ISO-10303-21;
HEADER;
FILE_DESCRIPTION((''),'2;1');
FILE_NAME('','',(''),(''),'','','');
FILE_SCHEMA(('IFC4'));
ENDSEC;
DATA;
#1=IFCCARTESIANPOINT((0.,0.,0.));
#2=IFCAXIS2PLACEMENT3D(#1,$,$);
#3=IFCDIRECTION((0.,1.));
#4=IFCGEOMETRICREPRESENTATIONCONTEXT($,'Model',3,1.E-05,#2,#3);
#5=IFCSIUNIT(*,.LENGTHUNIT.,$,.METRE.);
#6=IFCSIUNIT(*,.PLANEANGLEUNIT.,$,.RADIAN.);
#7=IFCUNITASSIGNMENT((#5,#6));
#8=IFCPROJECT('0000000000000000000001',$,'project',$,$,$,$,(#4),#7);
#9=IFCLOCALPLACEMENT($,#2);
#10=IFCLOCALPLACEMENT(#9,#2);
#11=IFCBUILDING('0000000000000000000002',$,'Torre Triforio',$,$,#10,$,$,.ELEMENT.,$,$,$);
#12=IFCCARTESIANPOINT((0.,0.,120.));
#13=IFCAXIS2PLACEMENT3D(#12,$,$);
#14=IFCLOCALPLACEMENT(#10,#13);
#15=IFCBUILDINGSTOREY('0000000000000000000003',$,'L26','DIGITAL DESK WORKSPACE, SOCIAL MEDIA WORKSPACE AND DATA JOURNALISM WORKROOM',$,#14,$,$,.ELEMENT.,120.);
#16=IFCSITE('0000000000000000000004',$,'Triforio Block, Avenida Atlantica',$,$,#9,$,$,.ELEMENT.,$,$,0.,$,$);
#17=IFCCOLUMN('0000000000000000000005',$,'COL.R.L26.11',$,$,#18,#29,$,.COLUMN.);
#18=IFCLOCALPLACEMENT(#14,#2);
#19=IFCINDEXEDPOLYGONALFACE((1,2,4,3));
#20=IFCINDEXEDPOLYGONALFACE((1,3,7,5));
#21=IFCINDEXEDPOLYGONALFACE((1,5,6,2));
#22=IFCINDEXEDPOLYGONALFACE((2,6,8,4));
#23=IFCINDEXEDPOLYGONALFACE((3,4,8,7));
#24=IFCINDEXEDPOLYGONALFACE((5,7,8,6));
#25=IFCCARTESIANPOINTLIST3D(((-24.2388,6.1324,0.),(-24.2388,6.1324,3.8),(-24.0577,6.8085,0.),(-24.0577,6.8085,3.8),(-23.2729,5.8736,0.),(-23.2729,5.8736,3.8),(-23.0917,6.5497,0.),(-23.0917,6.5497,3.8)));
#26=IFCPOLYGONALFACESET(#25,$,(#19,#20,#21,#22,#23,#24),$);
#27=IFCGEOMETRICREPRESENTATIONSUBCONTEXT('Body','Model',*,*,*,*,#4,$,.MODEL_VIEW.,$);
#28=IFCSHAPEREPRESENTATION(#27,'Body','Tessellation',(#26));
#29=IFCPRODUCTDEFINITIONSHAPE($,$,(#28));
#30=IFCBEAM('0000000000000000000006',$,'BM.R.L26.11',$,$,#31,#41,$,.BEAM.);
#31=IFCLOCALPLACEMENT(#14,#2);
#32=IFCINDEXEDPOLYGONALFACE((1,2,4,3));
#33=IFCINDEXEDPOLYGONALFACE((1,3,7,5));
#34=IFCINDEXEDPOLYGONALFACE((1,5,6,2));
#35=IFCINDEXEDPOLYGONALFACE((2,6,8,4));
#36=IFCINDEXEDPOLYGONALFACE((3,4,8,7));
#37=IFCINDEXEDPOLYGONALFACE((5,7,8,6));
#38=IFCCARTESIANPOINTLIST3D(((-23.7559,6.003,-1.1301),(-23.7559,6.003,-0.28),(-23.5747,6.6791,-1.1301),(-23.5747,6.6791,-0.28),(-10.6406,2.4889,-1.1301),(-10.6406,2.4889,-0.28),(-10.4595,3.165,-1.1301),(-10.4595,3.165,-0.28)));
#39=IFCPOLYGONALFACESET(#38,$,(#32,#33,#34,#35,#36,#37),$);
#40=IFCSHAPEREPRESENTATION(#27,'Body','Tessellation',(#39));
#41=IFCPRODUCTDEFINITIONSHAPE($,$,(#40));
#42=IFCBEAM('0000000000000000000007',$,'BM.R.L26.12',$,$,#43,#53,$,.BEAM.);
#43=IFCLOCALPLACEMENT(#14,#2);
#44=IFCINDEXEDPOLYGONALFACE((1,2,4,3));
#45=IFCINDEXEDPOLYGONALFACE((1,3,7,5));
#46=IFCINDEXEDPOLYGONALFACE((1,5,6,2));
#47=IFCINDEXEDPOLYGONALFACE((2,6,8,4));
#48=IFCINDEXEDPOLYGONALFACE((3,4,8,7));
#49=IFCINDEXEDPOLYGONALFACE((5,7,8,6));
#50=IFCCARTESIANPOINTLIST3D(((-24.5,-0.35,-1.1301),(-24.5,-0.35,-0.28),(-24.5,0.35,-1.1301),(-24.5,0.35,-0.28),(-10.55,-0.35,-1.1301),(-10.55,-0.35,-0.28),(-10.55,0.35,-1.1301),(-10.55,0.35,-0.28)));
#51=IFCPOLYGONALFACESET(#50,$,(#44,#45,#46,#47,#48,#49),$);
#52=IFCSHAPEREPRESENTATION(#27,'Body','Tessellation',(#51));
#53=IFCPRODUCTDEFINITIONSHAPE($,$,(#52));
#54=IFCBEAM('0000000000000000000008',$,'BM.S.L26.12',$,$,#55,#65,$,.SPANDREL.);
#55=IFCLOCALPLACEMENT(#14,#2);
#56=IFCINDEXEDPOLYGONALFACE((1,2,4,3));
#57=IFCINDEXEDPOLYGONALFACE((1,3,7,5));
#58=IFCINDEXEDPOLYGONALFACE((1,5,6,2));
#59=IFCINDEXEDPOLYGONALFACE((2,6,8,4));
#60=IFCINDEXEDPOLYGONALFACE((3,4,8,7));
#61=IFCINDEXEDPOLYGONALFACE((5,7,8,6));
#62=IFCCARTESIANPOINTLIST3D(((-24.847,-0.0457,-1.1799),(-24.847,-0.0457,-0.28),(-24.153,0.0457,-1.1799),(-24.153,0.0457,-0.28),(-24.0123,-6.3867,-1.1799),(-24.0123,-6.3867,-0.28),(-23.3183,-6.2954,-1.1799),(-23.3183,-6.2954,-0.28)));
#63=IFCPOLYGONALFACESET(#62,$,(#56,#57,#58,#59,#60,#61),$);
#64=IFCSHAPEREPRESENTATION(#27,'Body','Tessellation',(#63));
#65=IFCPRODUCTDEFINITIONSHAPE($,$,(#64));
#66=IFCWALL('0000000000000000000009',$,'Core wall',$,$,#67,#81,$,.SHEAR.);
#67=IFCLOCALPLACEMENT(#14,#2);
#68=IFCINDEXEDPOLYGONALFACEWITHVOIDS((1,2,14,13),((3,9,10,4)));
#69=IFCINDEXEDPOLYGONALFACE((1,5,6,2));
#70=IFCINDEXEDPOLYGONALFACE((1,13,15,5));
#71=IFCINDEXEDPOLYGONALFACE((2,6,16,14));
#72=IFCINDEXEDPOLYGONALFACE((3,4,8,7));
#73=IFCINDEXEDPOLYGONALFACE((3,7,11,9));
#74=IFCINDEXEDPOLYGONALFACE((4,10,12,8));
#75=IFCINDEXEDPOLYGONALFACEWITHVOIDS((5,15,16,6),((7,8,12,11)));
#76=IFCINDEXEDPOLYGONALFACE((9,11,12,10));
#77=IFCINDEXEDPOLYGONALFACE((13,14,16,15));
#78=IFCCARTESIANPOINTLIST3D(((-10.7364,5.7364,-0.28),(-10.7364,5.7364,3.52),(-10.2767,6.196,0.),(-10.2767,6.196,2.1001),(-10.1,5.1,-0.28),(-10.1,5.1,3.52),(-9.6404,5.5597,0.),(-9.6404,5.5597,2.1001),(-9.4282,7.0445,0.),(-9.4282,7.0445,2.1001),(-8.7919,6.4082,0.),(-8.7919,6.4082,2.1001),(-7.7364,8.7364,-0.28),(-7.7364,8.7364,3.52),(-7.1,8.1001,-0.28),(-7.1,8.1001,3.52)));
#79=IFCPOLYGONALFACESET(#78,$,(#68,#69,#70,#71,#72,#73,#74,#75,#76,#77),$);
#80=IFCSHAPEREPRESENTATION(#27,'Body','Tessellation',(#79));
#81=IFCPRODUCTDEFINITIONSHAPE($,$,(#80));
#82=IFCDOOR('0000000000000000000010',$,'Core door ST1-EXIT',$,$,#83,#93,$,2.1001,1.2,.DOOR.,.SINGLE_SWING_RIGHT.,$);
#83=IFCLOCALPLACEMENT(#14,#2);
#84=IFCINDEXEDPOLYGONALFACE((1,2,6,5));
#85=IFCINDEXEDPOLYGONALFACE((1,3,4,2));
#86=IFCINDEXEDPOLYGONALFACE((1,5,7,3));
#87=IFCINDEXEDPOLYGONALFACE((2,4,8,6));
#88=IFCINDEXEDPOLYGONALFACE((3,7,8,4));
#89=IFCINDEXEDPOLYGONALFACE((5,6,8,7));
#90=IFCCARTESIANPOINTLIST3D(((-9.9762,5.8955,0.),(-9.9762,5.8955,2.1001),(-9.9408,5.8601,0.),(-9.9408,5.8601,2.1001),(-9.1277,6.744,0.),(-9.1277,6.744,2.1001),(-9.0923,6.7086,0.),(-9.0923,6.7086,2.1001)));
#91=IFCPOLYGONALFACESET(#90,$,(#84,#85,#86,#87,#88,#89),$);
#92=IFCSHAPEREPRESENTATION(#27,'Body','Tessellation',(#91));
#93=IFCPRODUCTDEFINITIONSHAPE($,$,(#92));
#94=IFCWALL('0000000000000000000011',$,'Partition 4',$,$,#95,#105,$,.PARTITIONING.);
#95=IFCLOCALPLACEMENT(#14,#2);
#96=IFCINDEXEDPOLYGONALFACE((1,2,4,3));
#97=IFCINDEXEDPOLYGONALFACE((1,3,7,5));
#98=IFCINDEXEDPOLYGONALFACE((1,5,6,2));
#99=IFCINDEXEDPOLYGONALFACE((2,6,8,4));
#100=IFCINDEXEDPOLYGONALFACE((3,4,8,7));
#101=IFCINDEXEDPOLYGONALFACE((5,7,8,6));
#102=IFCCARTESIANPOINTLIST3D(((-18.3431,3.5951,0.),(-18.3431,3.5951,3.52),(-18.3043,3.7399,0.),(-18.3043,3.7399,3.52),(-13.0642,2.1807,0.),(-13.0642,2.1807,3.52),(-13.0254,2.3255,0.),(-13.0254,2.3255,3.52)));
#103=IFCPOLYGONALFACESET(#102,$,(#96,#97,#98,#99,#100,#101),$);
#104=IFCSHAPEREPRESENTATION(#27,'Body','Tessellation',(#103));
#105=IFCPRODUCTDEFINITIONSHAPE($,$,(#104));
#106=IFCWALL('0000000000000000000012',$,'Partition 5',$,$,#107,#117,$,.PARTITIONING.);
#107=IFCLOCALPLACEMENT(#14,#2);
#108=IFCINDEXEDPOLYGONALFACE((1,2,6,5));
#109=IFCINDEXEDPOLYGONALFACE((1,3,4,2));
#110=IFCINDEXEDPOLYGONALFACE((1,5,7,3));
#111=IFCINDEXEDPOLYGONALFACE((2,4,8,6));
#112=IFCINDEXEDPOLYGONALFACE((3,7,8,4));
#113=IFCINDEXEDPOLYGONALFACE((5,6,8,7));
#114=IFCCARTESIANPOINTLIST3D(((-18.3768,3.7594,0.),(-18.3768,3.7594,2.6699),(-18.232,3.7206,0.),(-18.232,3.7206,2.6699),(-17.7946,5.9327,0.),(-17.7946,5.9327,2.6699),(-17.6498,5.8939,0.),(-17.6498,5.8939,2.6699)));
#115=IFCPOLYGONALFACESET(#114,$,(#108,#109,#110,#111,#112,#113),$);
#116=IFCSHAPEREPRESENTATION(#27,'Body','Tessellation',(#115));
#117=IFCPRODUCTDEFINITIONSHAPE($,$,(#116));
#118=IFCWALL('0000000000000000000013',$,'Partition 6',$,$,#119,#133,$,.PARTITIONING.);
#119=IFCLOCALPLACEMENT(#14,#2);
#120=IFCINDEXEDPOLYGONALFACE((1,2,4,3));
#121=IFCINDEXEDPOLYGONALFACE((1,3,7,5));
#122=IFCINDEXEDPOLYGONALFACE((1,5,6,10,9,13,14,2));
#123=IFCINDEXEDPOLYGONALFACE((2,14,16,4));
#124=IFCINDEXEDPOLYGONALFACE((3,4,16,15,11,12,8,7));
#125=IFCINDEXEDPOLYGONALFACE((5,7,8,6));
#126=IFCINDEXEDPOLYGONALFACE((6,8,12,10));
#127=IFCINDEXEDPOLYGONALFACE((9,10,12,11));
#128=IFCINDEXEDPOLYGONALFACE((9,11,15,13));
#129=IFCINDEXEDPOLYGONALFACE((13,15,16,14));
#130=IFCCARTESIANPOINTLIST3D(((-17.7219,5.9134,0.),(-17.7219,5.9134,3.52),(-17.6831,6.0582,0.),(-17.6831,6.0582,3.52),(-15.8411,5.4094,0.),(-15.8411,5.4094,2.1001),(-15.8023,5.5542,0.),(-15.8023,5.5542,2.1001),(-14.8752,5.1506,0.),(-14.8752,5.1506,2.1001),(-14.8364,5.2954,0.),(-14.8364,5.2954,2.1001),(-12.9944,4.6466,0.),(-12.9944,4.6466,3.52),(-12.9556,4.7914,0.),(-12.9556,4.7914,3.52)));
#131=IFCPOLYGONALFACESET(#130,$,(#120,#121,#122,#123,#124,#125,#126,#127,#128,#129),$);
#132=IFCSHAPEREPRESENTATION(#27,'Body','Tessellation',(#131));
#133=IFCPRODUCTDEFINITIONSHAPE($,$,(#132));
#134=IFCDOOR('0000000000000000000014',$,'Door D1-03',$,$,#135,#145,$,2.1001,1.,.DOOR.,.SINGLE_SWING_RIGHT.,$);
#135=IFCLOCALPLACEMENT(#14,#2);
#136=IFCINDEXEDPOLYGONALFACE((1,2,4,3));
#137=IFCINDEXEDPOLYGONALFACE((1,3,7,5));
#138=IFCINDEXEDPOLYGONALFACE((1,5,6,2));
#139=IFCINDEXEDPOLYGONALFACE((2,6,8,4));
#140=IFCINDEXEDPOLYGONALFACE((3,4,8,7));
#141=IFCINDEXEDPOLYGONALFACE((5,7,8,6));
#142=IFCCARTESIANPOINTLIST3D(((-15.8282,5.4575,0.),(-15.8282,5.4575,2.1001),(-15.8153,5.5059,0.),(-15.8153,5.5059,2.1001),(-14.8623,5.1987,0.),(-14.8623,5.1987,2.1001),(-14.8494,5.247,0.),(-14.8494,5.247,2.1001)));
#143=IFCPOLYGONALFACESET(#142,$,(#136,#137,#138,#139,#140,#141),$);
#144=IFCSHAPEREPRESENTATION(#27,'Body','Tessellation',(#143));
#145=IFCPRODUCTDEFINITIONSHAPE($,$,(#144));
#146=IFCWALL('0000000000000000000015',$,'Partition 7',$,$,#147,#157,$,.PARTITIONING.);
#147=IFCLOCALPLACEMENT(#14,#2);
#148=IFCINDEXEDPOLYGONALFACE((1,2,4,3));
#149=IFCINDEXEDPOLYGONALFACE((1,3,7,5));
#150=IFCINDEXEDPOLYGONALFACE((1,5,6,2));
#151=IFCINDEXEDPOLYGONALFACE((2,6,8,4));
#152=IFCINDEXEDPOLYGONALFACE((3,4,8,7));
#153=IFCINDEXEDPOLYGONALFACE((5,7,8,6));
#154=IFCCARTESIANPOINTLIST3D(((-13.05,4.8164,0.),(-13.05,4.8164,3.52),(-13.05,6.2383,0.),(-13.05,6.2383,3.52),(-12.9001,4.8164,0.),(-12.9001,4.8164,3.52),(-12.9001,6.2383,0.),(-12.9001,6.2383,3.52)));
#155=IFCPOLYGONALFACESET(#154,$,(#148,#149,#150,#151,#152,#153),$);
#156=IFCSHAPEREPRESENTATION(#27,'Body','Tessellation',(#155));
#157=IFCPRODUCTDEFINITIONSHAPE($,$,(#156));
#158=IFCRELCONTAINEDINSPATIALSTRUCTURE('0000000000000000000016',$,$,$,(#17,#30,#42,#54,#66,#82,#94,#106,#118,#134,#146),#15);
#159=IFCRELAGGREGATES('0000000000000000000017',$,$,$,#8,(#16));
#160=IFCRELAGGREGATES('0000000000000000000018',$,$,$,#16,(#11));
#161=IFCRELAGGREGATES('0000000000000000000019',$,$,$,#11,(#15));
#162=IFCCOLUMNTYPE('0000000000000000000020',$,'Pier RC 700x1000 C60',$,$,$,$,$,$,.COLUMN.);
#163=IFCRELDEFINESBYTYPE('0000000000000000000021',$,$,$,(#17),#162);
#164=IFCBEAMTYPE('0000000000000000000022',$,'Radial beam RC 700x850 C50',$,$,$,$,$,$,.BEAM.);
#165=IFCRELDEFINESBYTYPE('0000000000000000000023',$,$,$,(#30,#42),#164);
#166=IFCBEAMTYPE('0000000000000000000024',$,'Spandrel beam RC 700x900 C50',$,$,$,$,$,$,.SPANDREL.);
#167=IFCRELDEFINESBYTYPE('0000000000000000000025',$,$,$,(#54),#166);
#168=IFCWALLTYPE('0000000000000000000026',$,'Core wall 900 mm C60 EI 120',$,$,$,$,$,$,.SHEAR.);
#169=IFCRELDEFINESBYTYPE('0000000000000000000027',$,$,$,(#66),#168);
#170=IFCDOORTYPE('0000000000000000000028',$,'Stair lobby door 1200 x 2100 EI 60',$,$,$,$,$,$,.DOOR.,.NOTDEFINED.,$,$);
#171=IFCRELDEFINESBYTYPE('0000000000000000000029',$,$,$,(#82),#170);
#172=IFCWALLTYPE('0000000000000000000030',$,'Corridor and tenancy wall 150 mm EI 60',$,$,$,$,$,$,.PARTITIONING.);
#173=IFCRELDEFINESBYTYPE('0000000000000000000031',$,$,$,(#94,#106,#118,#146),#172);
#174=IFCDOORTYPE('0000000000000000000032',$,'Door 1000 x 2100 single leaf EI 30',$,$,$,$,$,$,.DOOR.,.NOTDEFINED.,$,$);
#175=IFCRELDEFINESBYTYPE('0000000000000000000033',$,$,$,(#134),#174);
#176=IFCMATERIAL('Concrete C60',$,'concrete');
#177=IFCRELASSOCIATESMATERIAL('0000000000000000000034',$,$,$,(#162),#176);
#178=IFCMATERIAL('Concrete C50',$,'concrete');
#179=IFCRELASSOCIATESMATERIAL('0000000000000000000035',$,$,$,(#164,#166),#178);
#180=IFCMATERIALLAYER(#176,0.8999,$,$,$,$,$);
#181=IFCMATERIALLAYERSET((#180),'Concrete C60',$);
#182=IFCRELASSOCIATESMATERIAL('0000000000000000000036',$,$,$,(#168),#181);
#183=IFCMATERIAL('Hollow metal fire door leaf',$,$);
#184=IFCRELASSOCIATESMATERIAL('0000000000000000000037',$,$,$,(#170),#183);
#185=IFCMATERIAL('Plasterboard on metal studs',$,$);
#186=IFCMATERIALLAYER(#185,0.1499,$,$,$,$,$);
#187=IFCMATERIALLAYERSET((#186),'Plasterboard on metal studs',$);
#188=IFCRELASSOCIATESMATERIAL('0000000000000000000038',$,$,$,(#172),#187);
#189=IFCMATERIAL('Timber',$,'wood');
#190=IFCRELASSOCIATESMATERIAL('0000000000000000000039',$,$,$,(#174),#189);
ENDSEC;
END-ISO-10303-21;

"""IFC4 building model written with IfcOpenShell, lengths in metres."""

from ifc_helpers import new_model, si_unit, direction, frame, frame_2d, origin, origin_2d, place, context, subcontext, project, spatial, rectangle, extrude, material, layer, layer_set, material_profile, profile_set, type_object, element, fill, save


model = new_model("IFC4")

# Units and contexts
model_context = context("Model", 3, precision=1e-05, world=origin(), true_north=direction((0.0, 1.0)))
body_context = subcontext(model_context, "Body", "Model", "MODEL_VIEW")
ifc_project = project(units=[si_unit("LENGTHUNIT", "METRE"), si_unit("PLANEANGLEUNIT", "RADIAN")], contexts=[model_context])

# Site, building, storey
site_placement = place(None, origin())
site = spatial("IfcSite", under=ifc_project, at=site_placement, Name="Triforio Block, Avenida Atlantica", CompositionType="ELEMENT", RefElevation=0.0)
building_placement = place(site_placement, origin())
building = spatial("IfcBuilding", under=site, at=building_placement, Name="Torre Triforio", CompositionType="ELEMENT")
storey_placement = place(building_placement, frame((0.0, 0.0, 120.0)))
storey = spatial("IfcBuildingStorey", under=building, at=storey_placement, Name="L26", Description="DIGITAL DESK WORKSPACE, SOCIAL MEDIA WORKSPACE AND DATA JOURNALISM WORKROOM", CompositionType="ELEMENT", Elevation=120.0)

# Column
ifc_material_1 = material(Name="Concrete C60", Category="concrete")
ifc_material_profile_1 = material_profile(ifc_material_1, rectangle(XDim=0.7, YDim=1.0, at=origin_2d()), Name="RC 700x1000")
ifc_profile_set_1 = profile_set([ifc_material_profile_1], Name="Concrete C60")
column_type = type_object("IfcColumnType", Name="Pier RC 700x1000 C60", PredefinedType="COLUMN", material=ifc_profile_set_1)
column_placement = place(storey_placement, frame((-23.6653, 6.3411, 0.0), z_axis=(0.0, 0.0, 1.0), x_axis=(-0.258819, -0.965926, 0.0)))
element("IfcColumn", 1, at=column_placement, inside=storey, type_object=column_type, Name="COL.R.L26.11", PredefinedType="COLUMN", context=body_context, shape_type="SweptSolid", body=[
    extrude(rectangle(XDim=0.7, YDim=1.0, at=origin_2d()), origin(), (0.0, 0.0, 1.0), 3.8),
])

# Beams
ifc_material_2 = material(Name="Concrete C50", Category="concrete")
ifc_material_profile_2 = material_profile(ifc_material_2, rectangle(XDim=0.7, YDim=0.8501, at=origin_2d()), Name="RC 700x850")
ifc_profile_set_2 = profile_set([ifc_material_profile_2], Name="Concrete C50")
beam_type_1 = type_object("IfcBeamType", Name="Radial beam RC 700x850 C50", PredefinedType="BEAM", material=ifc_profile_set_2)
beam_1_placement = place(storey_placement, frame((-10.55, 2.8269, -0.7051), z_axis=(-0.965927, 0.258815, 0.0), x_axis=(-0.258815, -0.965927, 0.0)))
element("IfcBeam", 2, at=beam_1_placement, inside=storey, type_object=beam_type_1, Name="BM.R.L26.11", PredefinedType="BEAM", context=body_context, shape_type="SweptSolid", body=[
    extrude(rectangle(XDim=0.7, YDim=0.8501, at=origin_2d()), origin(), (0.0, 0.0, 1.0), 13.5779),
])
beam_2_placement = place(storey_placement, frame((-10.55, 0.0, -0.7051), z_axis=(-1.0, 0.0, 0.0), x_axis=(0.0, -1.0, 0.0)))
element("IfcBeam", 3, at=beam_2_placement, inside=storey, type_object=beam_type_1, Name="BM.R.L26.12", PredefinedType="BEAM", context=body_context, shape_type="SweptSolid", body=[
    extrude(rectangle(XDim=0.7, YDim=0.8501, at=origin_2d()), origin(), (0.0, 0.0, 1.0), 13.95),
])
ifc_material_profile_3 = material_profile(ifc_material_2, rectangle(XDim=0.7, YDim=0.8999, at=origin_2d()), Name="RC 700x900")
ifc_profile_set_3 = profile_set([ifc_material_profile_3], Name="Concrete C50")
beam_type_2 = type_object("IfcBeamType", Name="Spandrel beam RC 700x900 C50", PredefinedType="SPANDREL", material=ifc_profile_set_3)
beam_3_placement = place(storey_placement, frame((-24.5, 0.0, -0.73), z_axis=(0.130511, -0.991447, 0.0), x_axis=(0.991447, 0.130511, 0.0)))
element("IfcBeam", 4, at=beam_3_placement, inside=storey, type_object=beam_type_2, Name="BM.S.L26.12", PredefinedType="SPANDREL", context=body_context, shape_type="SweptSolid", body=[
    extrude(rectangle(XDim=0.7, YDim=0.8999, at=origin_2d()), origin(), (0.0, 0.0, 1.0), 6.3958),
])

# Wall, opening, door
ifc_layer_1 = layer(ifc_material_1, 0.8999)
ifc_layer_set_1 = layer_set([ifc_layer_1], Name="Concrete C60")
wall_type_1 = type_object("IfcWallType", Name="Core wall 900 mm C60 EI 120", PredefinedType="SHEAR", material=ifc_layer_set_1)
wall_1_placement = place(storey_placement, frame((-10.4182, 5.4182, -0.28), z_axis=(0.0, 0.0, 1.0), x_axis=(0.707107, 0.707107, 0.0)))
wall_1 = element("IfcWall", 5, at=wall_1_placement, inside=storey, type_object=wall_type_1, Name="Core wall", PredefinedType="SHEAR", context=body_context, shape_type="SweptSolid", body=[
    extrude(rectangle(XDim=4.2427, YDim=0.8999, at=frame_2d((2.1213, 0.0))), origin(), (0.0, 0.0, 1.0), 3.8),
])
opening_1_placement = place(wall_1_placement, frame((0.6499, 0.0, 0.28)))
opening_1 = element("IfcOpeningElement", 6, at=opening_1_placement, cuts=wall_1, PredefinedType="OPENING", context=body_context, shape_type="SweptSolid", body=[
    extrude(rectangle(XDim=1.2, YDim=2.1001, at=frame_2d((0.6001, 1.05))), frame((0.0, 0.46, 0.0), z_axis=(0.0, -1.0, 0.0), x_axis=(1.0, 0.0, 0.0)), (0.0, 0.0, 1.0), 0.9199),
])
ifc_material_3 = material(Name="Hollow metal fire door leaf")
door_type_1 = type_object("IfcDoorType", Name="Stair lobby door 1200 x 2100 EI 60", OperationType="NOTDEFINED", PredefinedType="DOOR", material=ifc_material_3)
door_1_placement = place(opening_1_placement, origin())
door_1 = element("IfcDoor", 7, at=door_1_placement, inside=storey, type_object=door_type_1, Name="Core door ST1-EXIT", OperationType="SINGLE_SWING_RIGHT", OverallHeight=2.1001, OverallWidth=1.2, PredefinedType="DOOR", context=body_context, shape_type="SweptSolid", body=[
    extrude(rectangle(XDim=1.2, YDim=2.1001, at=frame_2d((0.6001, 1.05))), frame((0.0, 0.0249, 0.0), z_axis=(0.0, -1.0, 0.0), x_axis=(1.0, 0.0, 0.0)), (0.0, 0.0, 1.0), 0.05),
])
fill(opening_1, door_1)

# Walls
ifc_material_4 = material(Name="Plasterboard on metal studs")
ifc_layer_2 = layer(ifc_material_4, 0.1499)
ifc_layer_set_2 = layer_set([ifc_layer_2], Name="Plasterboard on metal studs")
wall_type_2 = type_object("IfcWallType", Name="Corridor and tenancy wall 150 mm EI 60", PredefinedType="PARTITIONING", material=ifc_layer_set_2)
wall_2_placement = place(storey_placement, frame((-13.0449, 2.2532, 0.0), z_axis=(0.0, 0.0, 1.0), x_axis=(-0.965932, 0.258794, 0.0)))
element("IfcWall", 8, at=wall_2_placement, inside=storey, type_object=wall_type_2, Name="Partition 4", PredefinedType="PARTITIONING", context=body_context, shape_type="SweptSolid", body=[
    extrude(rectangle(XDim=5.4651, YDim=0.1499, at=frame_2d((2.7324, 0.0))), origin(), (0.0, 0.0, 1.0), 3.52),
])
wall_3_placement = place(storey_placement, frame((-18.3044, 3.74, 0.0), z_axis=(0.0, 0.0, 1.0), x_axis=(0.25879, 0.965934, 0.0)))
element("IfcWall", 9, at=wall_3_placement, inside=storey, type_object=wall_type_2, Name="Partition 5", PredefinedType="PARTITIONING", context=body_context, shape_type="SweptSolid", body=[
    extrude(rectangle(XDim=2.25, YDim=0.1499, at=frame_2d((1.125, 0.0))), origin(), (0.0, 0.0, 1.0), 2.6699),
])

# Wall, opening, door
wall_4_placement = place(storey_placement, frame((-17.7026, 5.9858, 0.0), z_axis=(0.0, 0.0, 1.0), x_axis=(0.96592, -0.258839, 0.0)))
wall_4 = element("IfcWall", 10, at=wall_4_placement, inside=storey, type_object=wall_type_2, Name="Partition 6", PredefinedType="PARTITIONING", context=body_context, shape_type="SweptSolid", body=[
    extrude(rectangle(XDim=4.8943, YDim=0.1499, at=frame_2d((2.4473, 0.0))), origin(), (0.0, 0.0, 1.0), 3.52),
])
opening_2_placement = place(wall_4_placement, frame((1.9473, 0.0, 0.0)))
opening_2 = element("IfcOpeningElement", 11, at=opening_2_placement, cuts=wall_4, PredefinedType="OPENING", context=body_context, shape_type="SweptSolid", body=[
    extrude(rectangle(XDim=1.0, YDim=2.1001, at=frame_2d((0.5, 1.05))), frame((0.0, 0.085, 0.0), z_axis=(0.0, -1.0, 0.0), x_axis=(1.0, 0.0, 0.0)), (0.0, 0.0, 1.0), 0.1699),
])
ifc_material_5 = material(Name="Timber", Category="wood")
door_type_2 = type_object("IfcDoorType", Name="Door 1000 x 2100 single leaf EI 30", OperationType="NOTDEFINED", PredefinedType="DOOR", material=ifc_material_5)
door_2_placement = place(opening_2_placement, origin())
door_2 = element("IfcDoor", 12, at=door_2_placement, inside=storey, type_object=door_type_2, Name="Door D1-03", OperationType="SINGLE_SWING_RIGHT", OverallHeight=2.1001, OverallWidth=1.0, PredefinedType="DOOR", context=body_context, shape_type="SweptSolid", body=[
    extrude(rectangle(XDim=1.0, YDim=2.1001, at=frame_2d((0.5, 1.05))), frame((0.0, 0.0249, 0.0), z_axis=(0.0, -1.0, 0.0), x_axis=(1.0, 0.0, 0.0)), (0.0, 0.0, 1.0), 0.05),
])
fill(opening_2, door_2)

# Wall
wall_5_placement = place(storey_placement, frame((-12.9751, 4.8164, 0.0), z_axis=(0.0, 0.0, 1.0), x_axis=(0.0, 1.0, 0.0)))
element("IfcWall", 13, at=wall_5_placement, inside=storey, type_object=wall_type_2, Name="Partition 7", PredefinedType="PARTITIONING", context=body_context, shape_type="SweptSolid", body=[
    extrude(rectangle(XDim=1.4219, YDim=0.1499, at=frame_2d((0.7109, 0.0))), origin(), (0.0, 0.0, 1.0), 3.52),
])

save(model, "model.ifc")
